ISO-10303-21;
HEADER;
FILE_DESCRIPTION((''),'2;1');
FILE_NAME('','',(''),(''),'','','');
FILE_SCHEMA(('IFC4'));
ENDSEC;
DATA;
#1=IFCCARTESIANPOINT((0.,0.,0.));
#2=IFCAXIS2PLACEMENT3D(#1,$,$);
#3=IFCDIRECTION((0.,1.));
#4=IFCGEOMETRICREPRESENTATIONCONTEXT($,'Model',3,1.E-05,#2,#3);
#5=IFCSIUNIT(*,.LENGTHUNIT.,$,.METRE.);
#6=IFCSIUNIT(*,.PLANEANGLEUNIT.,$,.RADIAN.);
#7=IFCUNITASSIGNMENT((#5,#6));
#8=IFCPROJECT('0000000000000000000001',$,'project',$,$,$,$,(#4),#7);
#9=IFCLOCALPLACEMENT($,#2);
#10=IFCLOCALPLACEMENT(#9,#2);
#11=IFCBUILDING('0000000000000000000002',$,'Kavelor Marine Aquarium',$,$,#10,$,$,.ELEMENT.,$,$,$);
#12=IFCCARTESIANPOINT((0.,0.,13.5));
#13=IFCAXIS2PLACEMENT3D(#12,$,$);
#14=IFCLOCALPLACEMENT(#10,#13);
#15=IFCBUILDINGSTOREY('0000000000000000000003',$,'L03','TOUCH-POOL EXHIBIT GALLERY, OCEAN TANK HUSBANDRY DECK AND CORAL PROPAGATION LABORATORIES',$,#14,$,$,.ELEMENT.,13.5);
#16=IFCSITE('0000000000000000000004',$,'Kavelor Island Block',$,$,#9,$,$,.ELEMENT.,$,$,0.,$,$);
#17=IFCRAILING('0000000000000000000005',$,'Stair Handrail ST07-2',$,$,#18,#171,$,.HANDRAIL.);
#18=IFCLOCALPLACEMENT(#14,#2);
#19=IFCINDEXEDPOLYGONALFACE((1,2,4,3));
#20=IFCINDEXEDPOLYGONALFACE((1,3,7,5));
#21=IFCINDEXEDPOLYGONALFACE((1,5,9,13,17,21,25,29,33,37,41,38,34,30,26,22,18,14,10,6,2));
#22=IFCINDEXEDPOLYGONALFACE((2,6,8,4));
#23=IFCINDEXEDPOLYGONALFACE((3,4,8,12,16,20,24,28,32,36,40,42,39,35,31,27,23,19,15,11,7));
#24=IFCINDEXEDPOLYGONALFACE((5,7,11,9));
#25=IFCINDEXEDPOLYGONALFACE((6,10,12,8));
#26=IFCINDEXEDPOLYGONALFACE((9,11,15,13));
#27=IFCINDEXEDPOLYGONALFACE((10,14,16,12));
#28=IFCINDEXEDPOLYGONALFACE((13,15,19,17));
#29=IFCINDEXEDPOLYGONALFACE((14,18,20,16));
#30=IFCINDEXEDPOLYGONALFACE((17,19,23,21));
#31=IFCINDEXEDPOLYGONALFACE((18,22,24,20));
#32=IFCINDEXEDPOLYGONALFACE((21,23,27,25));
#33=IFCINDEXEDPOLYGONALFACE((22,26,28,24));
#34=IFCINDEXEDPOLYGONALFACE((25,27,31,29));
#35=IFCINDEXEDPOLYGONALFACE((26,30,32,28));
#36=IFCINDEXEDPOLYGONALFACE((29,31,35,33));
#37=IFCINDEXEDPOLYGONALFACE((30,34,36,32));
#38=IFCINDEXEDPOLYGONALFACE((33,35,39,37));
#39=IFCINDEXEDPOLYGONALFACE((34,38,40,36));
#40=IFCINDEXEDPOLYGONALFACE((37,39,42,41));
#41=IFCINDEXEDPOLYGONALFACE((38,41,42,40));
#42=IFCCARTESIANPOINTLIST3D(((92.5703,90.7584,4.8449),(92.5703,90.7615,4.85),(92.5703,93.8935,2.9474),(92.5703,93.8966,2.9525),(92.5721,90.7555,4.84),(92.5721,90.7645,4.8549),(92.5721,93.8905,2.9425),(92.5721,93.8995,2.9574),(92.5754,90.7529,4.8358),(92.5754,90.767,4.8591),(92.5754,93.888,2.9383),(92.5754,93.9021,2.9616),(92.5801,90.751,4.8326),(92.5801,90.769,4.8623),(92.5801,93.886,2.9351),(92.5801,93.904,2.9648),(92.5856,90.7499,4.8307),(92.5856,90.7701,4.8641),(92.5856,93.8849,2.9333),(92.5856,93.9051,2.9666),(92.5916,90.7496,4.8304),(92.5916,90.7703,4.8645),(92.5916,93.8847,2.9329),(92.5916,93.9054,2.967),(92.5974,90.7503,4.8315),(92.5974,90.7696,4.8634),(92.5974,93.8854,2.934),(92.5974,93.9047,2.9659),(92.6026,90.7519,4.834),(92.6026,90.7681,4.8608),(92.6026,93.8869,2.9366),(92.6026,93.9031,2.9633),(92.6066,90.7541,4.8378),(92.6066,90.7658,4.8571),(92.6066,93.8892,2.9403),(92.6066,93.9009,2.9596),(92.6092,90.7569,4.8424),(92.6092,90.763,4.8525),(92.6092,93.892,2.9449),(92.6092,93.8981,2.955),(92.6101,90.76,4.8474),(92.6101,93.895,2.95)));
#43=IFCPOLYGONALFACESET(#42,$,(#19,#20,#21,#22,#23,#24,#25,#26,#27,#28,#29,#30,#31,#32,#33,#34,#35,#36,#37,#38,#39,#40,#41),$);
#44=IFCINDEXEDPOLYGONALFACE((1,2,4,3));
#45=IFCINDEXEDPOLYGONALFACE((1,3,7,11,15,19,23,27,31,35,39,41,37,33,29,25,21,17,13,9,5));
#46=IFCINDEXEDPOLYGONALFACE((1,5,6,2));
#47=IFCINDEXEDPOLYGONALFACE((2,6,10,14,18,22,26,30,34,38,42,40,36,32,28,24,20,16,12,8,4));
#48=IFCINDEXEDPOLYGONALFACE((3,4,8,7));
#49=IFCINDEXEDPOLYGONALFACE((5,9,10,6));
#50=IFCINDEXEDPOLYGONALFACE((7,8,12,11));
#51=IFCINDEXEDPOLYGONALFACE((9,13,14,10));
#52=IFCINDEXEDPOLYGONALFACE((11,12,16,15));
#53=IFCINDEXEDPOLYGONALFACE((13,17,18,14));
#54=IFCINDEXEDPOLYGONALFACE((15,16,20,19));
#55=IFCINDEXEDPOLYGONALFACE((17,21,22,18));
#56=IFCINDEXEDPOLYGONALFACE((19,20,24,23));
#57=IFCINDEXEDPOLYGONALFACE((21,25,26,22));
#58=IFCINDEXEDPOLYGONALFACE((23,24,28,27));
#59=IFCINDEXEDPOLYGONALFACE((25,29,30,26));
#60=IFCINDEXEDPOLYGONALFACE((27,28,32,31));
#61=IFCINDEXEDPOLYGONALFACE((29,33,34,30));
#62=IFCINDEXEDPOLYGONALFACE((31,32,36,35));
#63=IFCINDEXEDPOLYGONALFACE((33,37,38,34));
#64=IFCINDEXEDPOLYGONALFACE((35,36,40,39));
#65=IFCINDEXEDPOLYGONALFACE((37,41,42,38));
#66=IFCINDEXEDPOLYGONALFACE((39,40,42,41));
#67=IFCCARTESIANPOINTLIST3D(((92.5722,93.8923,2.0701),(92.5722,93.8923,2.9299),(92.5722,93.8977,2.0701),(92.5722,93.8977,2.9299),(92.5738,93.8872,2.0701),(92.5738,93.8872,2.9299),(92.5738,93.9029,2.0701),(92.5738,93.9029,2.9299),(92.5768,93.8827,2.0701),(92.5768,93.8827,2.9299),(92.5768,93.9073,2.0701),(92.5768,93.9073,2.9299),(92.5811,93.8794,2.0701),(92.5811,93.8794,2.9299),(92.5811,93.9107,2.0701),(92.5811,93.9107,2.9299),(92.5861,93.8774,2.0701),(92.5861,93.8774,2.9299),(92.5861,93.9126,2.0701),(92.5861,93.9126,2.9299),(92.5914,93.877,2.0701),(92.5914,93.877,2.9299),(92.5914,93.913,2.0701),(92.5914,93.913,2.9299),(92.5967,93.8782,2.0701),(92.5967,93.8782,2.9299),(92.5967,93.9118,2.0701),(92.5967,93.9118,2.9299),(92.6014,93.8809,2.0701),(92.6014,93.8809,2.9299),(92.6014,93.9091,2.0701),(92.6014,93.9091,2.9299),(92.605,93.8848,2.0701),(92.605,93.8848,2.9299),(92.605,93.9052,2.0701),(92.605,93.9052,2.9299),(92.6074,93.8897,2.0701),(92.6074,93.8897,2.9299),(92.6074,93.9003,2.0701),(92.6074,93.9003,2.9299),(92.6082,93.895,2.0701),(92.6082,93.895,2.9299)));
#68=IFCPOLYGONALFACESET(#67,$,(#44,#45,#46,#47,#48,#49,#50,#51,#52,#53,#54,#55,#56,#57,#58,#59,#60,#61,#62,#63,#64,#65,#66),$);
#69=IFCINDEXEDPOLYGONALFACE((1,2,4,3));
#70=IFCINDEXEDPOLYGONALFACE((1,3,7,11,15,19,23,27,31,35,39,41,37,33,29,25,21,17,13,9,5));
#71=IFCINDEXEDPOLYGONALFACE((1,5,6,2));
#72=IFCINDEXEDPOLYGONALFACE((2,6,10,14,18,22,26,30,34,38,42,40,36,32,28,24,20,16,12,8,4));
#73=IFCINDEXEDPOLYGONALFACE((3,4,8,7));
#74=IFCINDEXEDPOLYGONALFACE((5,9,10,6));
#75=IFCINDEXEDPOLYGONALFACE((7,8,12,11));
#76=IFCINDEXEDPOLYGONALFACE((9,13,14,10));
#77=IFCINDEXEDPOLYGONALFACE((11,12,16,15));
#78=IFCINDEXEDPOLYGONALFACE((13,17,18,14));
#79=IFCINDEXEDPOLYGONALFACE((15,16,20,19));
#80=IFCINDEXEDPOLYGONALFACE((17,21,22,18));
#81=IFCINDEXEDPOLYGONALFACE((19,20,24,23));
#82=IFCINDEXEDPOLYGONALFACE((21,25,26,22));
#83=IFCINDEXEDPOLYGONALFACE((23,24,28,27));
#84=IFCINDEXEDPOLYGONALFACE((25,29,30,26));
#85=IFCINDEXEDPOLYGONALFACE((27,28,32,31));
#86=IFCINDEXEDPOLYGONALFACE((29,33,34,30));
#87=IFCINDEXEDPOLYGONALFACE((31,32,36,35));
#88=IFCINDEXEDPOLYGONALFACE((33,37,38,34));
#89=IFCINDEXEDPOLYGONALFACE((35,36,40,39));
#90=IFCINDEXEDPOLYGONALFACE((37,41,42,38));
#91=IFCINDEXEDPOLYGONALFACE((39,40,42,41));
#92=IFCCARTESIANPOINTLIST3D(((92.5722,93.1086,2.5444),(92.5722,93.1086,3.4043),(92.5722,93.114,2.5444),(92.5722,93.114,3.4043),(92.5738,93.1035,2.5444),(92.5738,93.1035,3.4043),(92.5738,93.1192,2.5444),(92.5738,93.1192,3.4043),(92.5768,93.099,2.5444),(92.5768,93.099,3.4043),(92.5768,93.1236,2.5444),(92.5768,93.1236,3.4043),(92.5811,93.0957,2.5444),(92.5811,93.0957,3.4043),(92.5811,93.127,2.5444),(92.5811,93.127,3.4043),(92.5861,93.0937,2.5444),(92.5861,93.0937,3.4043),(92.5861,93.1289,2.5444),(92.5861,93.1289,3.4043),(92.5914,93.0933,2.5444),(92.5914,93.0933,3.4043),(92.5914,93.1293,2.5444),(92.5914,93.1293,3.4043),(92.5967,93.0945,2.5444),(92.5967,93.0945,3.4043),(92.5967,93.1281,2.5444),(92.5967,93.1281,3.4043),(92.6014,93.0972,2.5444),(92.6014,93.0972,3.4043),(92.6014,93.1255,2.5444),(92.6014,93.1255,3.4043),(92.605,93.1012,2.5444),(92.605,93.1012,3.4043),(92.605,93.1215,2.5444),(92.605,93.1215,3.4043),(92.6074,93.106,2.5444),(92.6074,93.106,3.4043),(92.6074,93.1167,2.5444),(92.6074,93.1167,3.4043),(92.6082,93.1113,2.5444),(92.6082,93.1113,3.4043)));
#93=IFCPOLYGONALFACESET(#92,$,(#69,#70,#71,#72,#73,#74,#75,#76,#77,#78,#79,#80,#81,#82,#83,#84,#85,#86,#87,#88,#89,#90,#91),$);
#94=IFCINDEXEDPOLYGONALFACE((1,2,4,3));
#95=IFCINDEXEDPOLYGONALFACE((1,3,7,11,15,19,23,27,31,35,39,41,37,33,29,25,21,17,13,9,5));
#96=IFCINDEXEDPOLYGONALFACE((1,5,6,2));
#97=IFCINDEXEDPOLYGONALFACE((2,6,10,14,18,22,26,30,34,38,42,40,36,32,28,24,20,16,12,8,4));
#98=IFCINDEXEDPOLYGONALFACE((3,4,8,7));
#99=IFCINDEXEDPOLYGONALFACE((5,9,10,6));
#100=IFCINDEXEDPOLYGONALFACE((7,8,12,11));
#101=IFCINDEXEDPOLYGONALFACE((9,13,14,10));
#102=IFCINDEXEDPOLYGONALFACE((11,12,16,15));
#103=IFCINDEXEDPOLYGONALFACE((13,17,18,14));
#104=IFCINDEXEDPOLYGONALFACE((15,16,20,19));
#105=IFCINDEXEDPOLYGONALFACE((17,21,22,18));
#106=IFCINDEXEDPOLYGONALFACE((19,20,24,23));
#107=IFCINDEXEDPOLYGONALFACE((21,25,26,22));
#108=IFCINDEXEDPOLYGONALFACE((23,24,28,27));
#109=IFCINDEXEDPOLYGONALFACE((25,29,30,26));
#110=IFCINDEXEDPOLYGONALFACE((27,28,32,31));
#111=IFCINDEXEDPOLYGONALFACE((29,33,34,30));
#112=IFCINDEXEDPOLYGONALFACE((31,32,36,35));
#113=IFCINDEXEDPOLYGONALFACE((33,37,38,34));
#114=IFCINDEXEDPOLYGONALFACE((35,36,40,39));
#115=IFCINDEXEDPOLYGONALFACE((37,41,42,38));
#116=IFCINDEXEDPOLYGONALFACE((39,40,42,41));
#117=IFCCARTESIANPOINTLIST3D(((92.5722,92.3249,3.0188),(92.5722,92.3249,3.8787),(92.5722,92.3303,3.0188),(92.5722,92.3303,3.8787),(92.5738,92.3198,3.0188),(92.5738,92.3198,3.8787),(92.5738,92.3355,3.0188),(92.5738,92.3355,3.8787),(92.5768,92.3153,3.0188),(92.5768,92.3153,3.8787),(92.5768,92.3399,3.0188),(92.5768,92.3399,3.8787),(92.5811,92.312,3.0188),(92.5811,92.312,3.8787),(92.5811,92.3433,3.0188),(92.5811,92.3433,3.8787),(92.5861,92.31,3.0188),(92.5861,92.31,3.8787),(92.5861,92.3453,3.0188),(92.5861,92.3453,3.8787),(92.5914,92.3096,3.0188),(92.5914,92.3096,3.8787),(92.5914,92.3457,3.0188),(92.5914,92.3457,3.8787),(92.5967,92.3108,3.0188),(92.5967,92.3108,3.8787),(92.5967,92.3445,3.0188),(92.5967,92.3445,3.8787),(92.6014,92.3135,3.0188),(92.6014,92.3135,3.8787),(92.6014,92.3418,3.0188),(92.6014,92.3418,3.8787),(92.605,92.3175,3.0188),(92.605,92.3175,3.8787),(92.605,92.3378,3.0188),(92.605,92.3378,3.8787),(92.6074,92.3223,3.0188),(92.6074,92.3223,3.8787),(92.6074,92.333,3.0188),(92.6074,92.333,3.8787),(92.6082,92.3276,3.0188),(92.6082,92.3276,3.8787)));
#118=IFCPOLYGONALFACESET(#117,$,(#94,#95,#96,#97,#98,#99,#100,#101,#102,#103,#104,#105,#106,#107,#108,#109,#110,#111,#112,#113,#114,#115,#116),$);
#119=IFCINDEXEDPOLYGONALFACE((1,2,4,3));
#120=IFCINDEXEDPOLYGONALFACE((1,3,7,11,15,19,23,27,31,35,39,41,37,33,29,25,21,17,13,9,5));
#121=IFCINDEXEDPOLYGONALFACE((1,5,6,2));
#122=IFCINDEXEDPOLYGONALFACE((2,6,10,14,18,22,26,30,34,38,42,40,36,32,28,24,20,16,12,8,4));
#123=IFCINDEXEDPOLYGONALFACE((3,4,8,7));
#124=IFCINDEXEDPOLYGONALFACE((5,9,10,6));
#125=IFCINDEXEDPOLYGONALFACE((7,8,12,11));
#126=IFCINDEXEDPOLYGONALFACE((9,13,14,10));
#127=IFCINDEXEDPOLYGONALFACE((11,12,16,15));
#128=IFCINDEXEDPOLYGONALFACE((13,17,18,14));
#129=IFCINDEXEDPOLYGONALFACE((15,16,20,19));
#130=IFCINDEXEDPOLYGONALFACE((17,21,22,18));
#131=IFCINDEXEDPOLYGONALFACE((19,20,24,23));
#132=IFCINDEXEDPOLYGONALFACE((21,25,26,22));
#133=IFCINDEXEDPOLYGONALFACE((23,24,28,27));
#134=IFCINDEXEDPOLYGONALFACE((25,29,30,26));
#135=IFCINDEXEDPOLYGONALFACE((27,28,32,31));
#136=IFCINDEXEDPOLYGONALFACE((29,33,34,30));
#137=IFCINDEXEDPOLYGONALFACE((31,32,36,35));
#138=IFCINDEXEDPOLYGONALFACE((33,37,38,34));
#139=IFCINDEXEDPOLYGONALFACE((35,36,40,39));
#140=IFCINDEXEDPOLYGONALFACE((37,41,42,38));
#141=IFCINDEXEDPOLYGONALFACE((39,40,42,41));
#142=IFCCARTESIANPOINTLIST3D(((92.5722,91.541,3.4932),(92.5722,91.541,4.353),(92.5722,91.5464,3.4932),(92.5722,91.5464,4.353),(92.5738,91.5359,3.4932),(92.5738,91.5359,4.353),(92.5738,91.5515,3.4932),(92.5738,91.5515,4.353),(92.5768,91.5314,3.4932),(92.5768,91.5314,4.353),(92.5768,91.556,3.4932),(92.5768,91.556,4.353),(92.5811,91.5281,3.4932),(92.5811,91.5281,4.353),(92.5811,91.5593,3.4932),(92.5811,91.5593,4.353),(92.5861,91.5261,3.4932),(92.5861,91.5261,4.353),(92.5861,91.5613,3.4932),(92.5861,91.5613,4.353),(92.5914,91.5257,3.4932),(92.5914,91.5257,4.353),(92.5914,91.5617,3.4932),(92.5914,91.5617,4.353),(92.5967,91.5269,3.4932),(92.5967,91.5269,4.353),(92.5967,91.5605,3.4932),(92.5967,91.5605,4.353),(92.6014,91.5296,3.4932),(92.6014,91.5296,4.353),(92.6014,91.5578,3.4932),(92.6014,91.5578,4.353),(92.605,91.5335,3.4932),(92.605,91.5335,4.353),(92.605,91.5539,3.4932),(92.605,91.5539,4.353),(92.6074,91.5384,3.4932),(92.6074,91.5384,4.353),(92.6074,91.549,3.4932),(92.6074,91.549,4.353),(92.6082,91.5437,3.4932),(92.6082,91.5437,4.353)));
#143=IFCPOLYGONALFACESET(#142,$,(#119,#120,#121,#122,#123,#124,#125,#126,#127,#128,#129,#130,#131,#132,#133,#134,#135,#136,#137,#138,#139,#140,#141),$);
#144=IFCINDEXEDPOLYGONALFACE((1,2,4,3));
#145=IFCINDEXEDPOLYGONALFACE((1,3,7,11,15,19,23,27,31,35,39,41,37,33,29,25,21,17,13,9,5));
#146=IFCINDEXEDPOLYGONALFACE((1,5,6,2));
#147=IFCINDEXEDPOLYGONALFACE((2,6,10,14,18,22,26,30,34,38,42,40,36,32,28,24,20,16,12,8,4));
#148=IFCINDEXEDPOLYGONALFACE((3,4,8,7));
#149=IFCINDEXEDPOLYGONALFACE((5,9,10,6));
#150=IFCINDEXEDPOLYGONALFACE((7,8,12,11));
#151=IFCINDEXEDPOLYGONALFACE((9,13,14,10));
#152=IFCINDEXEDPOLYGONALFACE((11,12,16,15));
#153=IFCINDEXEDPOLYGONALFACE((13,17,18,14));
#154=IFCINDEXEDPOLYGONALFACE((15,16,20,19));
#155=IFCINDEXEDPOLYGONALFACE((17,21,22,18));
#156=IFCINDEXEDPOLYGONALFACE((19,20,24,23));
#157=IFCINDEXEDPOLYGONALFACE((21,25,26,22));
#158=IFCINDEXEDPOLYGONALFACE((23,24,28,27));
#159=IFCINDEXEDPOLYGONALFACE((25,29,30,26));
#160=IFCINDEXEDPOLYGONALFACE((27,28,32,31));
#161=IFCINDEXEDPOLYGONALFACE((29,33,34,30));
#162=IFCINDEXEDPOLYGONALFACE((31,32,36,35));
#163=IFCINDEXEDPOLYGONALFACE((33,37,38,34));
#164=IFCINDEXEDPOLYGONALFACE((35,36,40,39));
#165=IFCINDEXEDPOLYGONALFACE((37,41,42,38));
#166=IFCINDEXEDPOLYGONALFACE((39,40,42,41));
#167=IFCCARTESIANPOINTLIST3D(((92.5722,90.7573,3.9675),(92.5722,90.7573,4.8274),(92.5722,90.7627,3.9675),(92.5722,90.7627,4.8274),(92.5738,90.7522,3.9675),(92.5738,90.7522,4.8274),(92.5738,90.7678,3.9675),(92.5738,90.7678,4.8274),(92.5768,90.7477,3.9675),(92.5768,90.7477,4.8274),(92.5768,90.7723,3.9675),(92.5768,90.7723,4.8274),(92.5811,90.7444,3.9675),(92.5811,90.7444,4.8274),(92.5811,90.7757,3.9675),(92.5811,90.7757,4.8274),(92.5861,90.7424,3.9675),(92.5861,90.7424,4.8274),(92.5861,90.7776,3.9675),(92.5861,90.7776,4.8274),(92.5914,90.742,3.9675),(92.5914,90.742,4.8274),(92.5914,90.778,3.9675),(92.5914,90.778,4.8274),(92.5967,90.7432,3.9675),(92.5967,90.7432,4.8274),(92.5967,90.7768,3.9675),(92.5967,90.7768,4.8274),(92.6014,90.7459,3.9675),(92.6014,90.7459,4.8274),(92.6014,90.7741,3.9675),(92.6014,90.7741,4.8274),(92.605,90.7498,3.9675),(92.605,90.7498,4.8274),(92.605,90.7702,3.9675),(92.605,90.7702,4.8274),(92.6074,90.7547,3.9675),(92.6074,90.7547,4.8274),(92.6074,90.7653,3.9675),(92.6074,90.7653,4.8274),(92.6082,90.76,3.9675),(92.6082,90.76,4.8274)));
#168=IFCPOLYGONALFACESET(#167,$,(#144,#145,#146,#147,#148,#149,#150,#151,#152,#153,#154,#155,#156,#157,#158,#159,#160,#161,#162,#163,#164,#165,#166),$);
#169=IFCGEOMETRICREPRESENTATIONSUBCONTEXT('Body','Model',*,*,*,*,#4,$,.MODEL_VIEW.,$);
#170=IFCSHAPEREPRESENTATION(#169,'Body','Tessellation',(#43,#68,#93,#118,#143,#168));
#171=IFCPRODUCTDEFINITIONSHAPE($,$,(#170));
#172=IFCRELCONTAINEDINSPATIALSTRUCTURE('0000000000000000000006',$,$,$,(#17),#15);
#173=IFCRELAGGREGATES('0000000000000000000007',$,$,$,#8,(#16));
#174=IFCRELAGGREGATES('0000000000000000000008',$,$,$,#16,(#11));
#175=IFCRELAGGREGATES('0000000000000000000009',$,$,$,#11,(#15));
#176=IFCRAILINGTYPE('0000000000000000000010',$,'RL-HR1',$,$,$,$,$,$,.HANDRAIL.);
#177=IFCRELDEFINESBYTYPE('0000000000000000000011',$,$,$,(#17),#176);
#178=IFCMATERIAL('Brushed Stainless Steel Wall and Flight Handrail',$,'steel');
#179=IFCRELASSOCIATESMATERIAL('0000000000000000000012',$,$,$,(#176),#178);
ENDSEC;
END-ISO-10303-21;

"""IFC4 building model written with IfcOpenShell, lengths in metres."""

from ifc_helpers import new_model, si_unit, direction, frame, origin, origin_2d, place, context, subcontext, project, spatial, circle, extrude, material, type_object, element, save


model = new_model("IFC4")

# Units and contexts
model_context = context("Model", 3, precision=1e-05, world=origin(), true_north=direction((0.0, 1.0)))
body_context = subcontext(model_context, "Body", "Model", "MODEL_VIEW")
ifc_project = project(units=[si_unit("LENGTHUNIT", "METRE"), si_unit("PLANEANGLEUNIT", "RADIAN")], contexts=[model_context])

# Site, building, storey
site_placement = place(None, origin())
site = spatial("IfcSite", under=ifc_project, at=site_placement, Name="Kavelor Island Block", CompositionType="ELEMENT", RefElevation=0.0)
building_placement = place(site_placement, origin())
building = spatial("IfcBuilding", under=site, at=building_placement, Name="Kavelor Marine Aquarium", CompositionType="ELEMENT")
storey_placement = place(building_placement, frame((0.0, 0.0, 13.5)))
storey = spatial("IfcBuildingStorey", under=building, at=storey_placement, Name="L03", Description="TOUCH-POOL EXHIBIT GALLERY, OCEAN TANK HUSBANDRY DECK AND CORAL PROPAGATION LABORATORIES", CompositionType="ELEMENT", Elevation=13.5)

# Railing
ifc_material_1 = material(Name="Brushed Stainless Steel Wall and Flight Handrail", Category="steel")
railing_type_1 = type_object("IfcRailingType", Name="RL-HR1", PredefinedType="HANDRAIL", material=ifc_material_1)
railing_1_placement = place(storey_placement, frame((92.5901, 93.895, 2.0701)))
element("IfcRailing", 1, at=railing_1_placement, inside=storey, type_object=railing_type_1, Name="Stair Handrail ST07-2", PredefinedType="HANDRAIL", context=body_context, shape_type="SweptSolid", body=[
    extrude(circle(Radius=0.02, at=origin_2d()), frame((0.0, 0.0, 0.8799), z_axis=(0.0, -0.855506, 0.517794), x_axis=(1.0, 0.0, 0.0)), (0.0, 0.0, 1.0), 3.6646),
    extrude(circle(Radius=0.0181, at=origin_2d()), origin(), (0.0, 0.0, 1.0), 0.8599),
    extrude(circle(Radius=0.0181, at=origin_2d()), frame((0.0, -0.7837, 0.4744)), (0.0, 0.0, 1.0), 0.8599),
    extrude(circle(Radius=0.0181, at=origin_2d()), frame((0.0, -1.5674, 0.9487)), (0.0, 0.0, 1.0), 0.8599),
    extrude(circle(Radius=0.0181, at=origin_2d()), frame((0.0, -2.3513, 1.4231)), (0.0, 0.0, 1.0), 0.8599),
    extrude(circle(Radius=0.0181, at=origin_2d()), frame((0.0, -3.135, 1.8975)), (0.0, 0.0, 1.0), 0.8599),
])

save(model, "model.ifc")
